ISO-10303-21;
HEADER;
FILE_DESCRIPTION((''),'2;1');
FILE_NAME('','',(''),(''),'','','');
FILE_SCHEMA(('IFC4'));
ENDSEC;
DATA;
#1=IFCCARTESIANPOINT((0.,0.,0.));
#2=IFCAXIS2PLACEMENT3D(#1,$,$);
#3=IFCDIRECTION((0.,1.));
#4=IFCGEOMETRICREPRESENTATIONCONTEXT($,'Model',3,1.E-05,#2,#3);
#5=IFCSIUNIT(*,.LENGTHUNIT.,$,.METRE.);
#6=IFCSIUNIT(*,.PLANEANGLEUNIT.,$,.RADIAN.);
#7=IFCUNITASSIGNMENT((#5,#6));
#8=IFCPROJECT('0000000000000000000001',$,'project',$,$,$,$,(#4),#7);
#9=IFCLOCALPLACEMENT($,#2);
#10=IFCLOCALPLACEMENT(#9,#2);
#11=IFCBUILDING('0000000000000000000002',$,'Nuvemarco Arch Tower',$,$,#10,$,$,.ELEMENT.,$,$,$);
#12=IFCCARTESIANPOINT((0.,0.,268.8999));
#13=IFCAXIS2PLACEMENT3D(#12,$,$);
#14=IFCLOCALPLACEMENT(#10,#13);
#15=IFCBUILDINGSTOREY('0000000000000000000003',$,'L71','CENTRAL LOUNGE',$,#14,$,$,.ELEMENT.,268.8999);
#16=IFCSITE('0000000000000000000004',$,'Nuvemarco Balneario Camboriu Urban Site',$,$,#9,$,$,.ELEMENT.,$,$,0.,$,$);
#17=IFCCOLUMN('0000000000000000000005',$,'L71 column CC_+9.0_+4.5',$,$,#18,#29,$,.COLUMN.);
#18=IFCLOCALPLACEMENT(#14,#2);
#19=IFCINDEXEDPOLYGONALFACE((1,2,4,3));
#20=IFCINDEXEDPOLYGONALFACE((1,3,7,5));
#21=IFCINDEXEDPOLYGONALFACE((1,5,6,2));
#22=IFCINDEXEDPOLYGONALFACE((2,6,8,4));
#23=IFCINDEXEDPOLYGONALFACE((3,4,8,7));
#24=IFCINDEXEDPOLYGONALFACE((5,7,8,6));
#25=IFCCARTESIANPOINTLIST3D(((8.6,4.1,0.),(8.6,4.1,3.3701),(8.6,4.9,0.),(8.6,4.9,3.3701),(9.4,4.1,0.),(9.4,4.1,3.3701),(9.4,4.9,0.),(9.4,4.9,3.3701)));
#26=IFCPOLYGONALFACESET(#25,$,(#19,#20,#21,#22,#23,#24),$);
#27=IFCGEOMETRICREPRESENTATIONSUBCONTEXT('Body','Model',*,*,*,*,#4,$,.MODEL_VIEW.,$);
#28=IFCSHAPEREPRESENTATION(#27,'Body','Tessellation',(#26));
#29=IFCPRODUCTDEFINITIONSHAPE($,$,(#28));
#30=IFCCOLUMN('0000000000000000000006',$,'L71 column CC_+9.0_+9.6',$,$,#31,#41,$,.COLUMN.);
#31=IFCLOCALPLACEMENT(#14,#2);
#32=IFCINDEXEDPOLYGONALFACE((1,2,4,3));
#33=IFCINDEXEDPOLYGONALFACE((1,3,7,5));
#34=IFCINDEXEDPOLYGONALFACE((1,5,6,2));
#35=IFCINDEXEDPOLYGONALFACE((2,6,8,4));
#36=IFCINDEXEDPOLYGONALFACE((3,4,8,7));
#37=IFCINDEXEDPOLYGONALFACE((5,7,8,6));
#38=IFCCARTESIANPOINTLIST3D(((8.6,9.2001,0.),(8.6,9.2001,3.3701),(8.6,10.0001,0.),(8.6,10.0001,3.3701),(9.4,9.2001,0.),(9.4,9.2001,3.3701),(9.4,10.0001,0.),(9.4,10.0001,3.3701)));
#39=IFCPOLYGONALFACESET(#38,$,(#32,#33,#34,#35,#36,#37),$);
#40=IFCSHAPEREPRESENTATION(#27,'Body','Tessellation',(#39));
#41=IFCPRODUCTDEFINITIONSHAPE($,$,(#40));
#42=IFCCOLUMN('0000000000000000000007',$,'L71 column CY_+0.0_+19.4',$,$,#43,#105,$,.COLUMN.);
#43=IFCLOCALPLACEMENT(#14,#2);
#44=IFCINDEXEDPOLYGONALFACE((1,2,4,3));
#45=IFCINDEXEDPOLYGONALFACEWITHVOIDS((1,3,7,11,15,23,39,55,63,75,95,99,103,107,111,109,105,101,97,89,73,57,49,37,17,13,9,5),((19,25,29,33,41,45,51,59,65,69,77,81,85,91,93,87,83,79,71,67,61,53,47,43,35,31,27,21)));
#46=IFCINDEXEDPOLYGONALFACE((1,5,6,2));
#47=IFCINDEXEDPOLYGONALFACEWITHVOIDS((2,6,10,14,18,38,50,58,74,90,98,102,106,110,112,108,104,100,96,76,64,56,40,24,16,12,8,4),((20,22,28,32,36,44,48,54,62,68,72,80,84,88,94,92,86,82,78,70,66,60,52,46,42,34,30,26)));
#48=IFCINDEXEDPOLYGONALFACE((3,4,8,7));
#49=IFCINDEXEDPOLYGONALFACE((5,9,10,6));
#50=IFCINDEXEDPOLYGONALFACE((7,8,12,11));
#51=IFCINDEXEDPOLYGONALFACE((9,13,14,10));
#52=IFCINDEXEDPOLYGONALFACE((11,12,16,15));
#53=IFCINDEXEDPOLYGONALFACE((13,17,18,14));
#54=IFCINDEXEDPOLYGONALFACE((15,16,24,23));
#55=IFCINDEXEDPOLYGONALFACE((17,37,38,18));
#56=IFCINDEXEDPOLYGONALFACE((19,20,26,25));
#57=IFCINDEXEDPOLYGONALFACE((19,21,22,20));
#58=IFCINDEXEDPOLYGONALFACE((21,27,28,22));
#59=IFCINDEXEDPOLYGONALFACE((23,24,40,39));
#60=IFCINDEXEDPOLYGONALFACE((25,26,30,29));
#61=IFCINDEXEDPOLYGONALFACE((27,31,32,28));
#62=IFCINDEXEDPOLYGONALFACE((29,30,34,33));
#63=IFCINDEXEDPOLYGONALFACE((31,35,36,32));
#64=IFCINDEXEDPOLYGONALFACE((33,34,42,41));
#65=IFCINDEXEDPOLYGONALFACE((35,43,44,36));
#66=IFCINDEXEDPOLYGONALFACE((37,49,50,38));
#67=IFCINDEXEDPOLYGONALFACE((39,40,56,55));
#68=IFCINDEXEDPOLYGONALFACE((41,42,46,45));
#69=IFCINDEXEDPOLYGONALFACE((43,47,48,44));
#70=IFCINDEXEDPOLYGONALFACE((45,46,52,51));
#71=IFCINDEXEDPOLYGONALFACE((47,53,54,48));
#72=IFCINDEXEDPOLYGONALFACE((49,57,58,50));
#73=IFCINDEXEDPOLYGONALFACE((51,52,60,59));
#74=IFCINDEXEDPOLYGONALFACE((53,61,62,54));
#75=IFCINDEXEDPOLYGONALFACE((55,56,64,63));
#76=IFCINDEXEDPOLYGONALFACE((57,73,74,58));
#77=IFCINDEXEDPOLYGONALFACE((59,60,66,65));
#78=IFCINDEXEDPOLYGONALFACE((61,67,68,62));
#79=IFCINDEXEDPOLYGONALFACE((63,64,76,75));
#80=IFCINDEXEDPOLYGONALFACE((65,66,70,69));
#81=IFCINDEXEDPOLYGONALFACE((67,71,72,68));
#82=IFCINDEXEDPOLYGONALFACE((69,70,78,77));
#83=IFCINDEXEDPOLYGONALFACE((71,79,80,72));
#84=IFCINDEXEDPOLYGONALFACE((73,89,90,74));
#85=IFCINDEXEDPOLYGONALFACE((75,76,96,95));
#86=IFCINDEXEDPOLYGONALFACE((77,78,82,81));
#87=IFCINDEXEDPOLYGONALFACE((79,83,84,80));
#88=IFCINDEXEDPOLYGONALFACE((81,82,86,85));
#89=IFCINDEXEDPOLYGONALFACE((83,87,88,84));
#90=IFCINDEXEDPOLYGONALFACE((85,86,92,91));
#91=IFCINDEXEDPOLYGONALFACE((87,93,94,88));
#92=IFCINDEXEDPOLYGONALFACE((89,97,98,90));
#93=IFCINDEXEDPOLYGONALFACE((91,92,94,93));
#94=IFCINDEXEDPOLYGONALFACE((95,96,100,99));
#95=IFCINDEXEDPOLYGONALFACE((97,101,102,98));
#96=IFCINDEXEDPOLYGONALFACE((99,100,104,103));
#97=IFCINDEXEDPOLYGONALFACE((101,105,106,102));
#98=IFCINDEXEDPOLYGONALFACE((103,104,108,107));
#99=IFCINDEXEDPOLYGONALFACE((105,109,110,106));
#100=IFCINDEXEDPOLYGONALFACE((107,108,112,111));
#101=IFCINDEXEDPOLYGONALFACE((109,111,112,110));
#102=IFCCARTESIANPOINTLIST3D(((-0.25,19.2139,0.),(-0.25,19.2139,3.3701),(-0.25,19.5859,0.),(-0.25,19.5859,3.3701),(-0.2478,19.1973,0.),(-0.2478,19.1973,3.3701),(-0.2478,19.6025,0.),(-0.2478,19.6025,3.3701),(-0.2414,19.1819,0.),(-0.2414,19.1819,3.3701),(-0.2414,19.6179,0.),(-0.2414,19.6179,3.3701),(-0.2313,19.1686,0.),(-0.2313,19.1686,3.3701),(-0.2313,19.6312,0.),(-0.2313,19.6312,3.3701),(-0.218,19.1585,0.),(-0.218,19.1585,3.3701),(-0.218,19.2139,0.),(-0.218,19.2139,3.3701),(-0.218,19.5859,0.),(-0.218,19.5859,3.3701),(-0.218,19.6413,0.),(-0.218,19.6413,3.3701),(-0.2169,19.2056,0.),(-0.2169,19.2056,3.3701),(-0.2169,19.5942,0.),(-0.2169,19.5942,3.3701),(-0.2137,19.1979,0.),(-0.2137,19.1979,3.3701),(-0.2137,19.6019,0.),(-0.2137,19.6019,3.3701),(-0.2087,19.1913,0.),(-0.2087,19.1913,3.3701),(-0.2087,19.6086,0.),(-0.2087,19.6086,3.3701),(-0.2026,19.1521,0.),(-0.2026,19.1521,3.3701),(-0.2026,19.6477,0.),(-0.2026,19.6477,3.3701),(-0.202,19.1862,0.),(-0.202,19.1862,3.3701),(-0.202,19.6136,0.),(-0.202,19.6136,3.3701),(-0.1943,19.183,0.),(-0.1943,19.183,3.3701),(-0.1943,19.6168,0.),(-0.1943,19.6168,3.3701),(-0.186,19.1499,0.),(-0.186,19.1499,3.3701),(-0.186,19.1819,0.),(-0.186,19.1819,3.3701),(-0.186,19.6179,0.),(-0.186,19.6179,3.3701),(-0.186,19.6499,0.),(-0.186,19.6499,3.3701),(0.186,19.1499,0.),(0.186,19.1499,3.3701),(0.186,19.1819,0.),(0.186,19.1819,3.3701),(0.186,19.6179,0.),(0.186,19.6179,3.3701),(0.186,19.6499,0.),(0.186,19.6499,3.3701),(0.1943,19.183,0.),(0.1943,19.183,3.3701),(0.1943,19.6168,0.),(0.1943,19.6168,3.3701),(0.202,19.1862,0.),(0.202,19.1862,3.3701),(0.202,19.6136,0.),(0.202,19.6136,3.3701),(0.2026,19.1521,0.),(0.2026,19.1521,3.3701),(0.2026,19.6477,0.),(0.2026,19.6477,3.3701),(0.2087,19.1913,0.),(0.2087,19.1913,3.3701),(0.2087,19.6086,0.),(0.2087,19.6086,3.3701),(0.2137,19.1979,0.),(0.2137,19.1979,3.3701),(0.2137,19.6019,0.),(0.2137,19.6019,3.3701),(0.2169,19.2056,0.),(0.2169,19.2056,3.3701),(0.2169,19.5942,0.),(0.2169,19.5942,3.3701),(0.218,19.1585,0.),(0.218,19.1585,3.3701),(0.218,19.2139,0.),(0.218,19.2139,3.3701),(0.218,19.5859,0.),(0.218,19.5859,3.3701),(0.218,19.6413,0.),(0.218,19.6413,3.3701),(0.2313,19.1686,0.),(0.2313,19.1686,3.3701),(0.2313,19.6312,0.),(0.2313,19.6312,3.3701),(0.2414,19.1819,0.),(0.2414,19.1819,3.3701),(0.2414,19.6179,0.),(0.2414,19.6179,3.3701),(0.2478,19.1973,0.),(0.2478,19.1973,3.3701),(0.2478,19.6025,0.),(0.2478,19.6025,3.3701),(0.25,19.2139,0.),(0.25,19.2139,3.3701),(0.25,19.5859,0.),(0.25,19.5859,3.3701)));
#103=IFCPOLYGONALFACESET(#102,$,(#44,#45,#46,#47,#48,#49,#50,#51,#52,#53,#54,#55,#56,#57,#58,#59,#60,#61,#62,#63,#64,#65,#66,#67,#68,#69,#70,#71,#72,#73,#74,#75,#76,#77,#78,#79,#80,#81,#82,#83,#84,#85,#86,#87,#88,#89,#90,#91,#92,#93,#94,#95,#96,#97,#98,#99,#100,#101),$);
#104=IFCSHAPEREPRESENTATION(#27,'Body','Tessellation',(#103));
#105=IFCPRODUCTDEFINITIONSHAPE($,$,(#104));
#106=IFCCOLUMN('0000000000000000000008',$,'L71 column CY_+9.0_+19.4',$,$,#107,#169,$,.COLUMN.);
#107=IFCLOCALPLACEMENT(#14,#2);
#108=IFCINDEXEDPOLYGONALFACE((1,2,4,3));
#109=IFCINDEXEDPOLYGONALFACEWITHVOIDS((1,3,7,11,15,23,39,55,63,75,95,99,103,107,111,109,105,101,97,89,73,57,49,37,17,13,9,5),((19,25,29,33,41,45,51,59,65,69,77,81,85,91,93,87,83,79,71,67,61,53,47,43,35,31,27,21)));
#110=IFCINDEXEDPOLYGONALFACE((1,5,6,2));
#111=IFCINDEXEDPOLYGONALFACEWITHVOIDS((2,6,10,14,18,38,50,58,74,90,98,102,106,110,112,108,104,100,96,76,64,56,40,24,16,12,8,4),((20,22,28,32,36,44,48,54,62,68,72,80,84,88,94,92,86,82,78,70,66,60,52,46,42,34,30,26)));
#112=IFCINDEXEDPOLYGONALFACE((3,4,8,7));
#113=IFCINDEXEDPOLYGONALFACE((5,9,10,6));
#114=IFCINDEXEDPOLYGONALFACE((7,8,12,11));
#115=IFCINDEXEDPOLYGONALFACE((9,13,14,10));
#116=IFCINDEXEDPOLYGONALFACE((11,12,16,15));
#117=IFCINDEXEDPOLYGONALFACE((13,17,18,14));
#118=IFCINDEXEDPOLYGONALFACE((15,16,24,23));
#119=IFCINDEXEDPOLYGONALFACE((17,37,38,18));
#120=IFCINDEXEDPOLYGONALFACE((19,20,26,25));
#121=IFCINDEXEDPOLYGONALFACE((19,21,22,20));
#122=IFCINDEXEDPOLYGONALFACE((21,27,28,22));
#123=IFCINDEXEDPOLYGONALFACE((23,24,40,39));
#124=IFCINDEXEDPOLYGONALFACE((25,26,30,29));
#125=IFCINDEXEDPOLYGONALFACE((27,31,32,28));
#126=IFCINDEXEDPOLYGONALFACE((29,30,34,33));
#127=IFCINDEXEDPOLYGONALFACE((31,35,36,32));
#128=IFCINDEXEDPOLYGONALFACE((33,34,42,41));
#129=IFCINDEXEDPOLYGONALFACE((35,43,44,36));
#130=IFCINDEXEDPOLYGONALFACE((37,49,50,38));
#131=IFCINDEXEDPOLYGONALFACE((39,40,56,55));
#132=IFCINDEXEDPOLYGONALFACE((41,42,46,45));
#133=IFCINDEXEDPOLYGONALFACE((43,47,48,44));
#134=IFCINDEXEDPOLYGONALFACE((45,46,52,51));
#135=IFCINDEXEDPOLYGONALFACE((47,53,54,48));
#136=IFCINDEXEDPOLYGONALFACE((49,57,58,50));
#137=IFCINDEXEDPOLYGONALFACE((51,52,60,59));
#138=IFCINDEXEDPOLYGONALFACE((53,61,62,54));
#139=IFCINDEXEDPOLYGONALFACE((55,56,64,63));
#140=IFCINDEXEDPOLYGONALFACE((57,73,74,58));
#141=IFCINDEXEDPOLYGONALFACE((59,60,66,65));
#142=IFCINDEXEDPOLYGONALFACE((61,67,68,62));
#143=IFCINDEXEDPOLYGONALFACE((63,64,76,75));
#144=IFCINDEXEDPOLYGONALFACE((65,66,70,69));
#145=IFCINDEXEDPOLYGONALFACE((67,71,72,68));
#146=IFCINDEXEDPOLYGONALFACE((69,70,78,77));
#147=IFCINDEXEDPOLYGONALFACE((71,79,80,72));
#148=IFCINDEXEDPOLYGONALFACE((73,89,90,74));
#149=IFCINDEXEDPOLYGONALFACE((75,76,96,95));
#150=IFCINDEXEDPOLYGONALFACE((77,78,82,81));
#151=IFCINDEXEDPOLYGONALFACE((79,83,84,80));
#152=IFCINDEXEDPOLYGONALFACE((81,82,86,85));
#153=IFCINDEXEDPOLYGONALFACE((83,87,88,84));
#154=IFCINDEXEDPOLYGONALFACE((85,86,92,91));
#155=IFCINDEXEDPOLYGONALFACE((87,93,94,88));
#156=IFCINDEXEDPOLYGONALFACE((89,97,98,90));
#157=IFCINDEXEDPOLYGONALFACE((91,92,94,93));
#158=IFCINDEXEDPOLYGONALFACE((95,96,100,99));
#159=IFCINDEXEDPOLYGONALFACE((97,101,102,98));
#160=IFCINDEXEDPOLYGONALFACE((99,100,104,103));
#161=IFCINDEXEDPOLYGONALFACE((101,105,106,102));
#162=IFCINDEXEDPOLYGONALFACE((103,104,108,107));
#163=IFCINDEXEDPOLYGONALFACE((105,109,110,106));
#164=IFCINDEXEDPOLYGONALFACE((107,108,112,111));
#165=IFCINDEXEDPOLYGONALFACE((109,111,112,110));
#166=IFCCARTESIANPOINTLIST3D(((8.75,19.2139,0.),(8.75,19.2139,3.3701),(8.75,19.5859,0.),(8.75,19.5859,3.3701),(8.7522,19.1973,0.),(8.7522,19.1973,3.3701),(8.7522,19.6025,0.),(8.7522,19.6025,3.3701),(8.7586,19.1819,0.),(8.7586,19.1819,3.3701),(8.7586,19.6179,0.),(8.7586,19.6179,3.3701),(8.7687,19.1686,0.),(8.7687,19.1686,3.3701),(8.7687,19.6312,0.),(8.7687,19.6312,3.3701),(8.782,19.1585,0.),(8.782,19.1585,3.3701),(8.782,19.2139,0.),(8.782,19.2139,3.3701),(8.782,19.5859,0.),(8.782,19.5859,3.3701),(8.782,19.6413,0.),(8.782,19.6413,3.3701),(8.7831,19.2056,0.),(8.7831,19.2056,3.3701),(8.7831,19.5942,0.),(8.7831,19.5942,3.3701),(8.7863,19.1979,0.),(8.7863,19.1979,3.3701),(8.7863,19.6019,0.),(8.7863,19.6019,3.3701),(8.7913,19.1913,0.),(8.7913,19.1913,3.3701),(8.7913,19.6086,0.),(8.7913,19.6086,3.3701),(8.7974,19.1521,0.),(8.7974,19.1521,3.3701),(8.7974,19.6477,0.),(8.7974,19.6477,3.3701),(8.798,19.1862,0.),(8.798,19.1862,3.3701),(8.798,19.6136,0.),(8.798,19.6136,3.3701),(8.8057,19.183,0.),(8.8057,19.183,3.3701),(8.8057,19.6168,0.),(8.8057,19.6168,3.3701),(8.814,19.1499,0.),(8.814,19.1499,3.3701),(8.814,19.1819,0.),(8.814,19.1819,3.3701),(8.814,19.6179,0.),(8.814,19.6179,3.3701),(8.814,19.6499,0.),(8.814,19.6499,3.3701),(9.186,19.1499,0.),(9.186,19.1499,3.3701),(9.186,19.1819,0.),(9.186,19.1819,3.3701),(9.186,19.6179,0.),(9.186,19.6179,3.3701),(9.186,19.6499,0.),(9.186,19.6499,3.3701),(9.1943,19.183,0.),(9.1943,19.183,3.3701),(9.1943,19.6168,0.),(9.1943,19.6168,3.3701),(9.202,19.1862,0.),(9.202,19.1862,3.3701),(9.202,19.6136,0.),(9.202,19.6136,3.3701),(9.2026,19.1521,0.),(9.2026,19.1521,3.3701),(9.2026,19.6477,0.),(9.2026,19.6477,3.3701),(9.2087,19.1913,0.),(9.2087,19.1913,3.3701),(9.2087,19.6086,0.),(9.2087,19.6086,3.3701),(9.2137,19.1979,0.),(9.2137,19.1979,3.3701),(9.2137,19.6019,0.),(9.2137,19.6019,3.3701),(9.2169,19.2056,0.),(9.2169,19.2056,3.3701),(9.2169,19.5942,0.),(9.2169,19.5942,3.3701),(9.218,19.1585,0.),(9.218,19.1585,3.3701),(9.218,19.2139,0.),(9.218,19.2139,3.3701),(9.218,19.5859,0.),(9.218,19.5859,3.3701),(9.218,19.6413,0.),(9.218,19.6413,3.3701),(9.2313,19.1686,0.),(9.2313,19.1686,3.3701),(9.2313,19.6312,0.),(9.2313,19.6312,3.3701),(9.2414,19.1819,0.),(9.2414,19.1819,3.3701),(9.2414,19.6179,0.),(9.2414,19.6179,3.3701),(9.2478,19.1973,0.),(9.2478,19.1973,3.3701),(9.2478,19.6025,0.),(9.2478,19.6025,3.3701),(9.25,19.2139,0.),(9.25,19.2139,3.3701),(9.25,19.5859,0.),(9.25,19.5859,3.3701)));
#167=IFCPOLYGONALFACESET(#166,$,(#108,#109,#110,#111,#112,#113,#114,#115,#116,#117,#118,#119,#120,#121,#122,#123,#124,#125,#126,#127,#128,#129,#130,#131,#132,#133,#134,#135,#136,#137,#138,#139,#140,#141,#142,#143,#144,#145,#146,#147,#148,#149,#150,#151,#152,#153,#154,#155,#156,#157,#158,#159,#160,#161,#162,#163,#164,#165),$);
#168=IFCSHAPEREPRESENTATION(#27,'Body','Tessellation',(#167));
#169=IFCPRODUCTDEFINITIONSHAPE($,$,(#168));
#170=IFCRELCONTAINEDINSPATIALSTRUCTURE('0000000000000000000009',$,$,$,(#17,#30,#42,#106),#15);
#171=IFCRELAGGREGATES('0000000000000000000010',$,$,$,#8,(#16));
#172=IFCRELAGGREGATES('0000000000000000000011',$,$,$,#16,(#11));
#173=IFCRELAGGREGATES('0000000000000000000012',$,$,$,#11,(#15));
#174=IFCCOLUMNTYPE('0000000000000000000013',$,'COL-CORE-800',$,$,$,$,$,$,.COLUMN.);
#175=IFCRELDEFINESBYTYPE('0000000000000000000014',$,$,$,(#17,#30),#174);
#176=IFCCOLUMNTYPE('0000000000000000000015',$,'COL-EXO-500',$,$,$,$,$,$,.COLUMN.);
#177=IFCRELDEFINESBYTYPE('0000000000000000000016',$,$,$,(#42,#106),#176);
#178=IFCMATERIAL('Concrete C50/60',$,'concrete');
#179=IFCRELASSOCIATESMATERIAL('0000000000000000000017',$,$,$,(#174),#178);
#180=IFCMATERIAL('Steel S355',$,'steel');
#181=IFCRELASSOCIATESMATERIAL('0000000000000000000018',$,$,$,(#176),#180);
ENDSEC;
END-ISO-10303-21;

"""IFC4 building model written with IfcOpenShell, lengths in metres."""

from ifc_helpers import new_model, si_unit, direction, frame, origin, origin_2d, place, context, subcontext, project, spatial, rectangle, hollow_rectangle, extrude, material, material_profile, profile_set, type_object, element, save


model = new_model("IFC4")

# Units and contexts
model_context = context("Model", 3, precision=1e-05, world=origin(), true_north=direction((0.0, 1.0)))
body_context = subcontext(model_context, "Body", "Model", "MODEL_VIEW")
ifc_project = project(units=[si_unit("LENGTHUNIT", "METRE"), si_unit("PLANEANGLEUNIT", "RADIAN")], contexts=[model_context])

# Site, building, storey
site_placement = place(None, origin())
site = spatial("IfcSite", under=ifc_project, at=site_placement, Name="Nuvemarco Balneario Camboriu Urban Site", CompositionType="ELEMENT", RefElevation=0.0)
building_placement = place(site_placement, origin())
building = spatial("IfcBuilding", under=site, at=building_placement, Name="Nuvemarco Arch Tower", CompositionType="ELEMENT")
storey_placement = place(building_placement, frame((0.0, 0.0, 268.8999)))
storey = spatial("IfcBuildingStorey", under=building, at=storey_placement, Name="L71", Description="CENTRAL LOUNGE", CompositionType="ELEMENT", Elevation=268.8999)

# Columns
ifc_material_1 = material(Name="Concrete C50/60", Category="concrete")
ifc_material_profile_1 = material_profile(ifc_material_1, rectangle(XDim=0.8, YDim=0.8, at=origin_2d()), Name="RC-COL-800x800")
ifc_profile_set_1 = profile_set([ifc_material_profile_1], Name="Concrete C50/60")
column_type_1 = type_object("IfcColumnType", Name="COL-CORE-800", PredefinedType="COLUMN", material=ifc_profile_set_1)
for number, where, z_axis, x_axis, name in (
    (1, (9.0, 4.5, 0.0), (0.0, 0.0, 1.0), (1.0, 0.0, 0.0), "L71 column CC_+9.0_+4.5"),
    (2, (9.0, 9.6001, 0.0), (0.0, 0.0, 1.0), (1.0, 0.0, 0.0), "L71 column CC_+9.0_+9.6"),
):
    element("IfcColumn", number, at=place(storey_placement, frame(where, z_axis=z_axis, x_axis=x_axis)), inside=storey, type_object=column_type_1, Name=name, PredefinedType="COLUMN", context=body_context, shape_type="SweptSolid", body=[
        extrude(rectangle(XDim=0.8, YDim=0.8, at=origin_2d()), origin(), (0.0, 0.0, 1.0), 3.3701),
    ])
ifc_material_2 = material(Name="Steel S355", Category="steel")
ifc_material_profile_2 = material_profile(ifc_material_2, hollow_rectangle(XDim=0.5, YDim=0.5, WallThickness=0.032, InnerFilletRadius=0.032, OuterFilletRadius=0.064, at=origin_2d()), Name="SHS500x500x32")
ifc_profile_set_2 = profile_set([ifc_material_profile_2], Name="Steel S355")
column_type_2 = type_object("IfcColumnType", Name="COL-EXO-500", PredefinedType="COLUMN", material=ifc_profile_set_2)
for number, where, z_axis, x_axis, name in (
    (3, (0.0, 19.3999, 0.0), (0.0, 0.0, 1.0), (1.0, 0.0, 0.0), "L71 column CY_+0.0_+19.4"),
    (4, (9.0, 19.3999, 0.0), (0.0, 0.0, 1.0), (1.0, 0.0, 0.0), "L71 column CY_+9.0_+19.4"),
):
    element("IfcColumn", number, at=place(storey_placement, frame(where, z_axis=z_axis, x_axis=x_axis)), inside=storey, type_object=column_type_2, Name=name, PredefinedType="COLUMN", context=body_context, shape_type="SweptSolid", body=[
        extrude(hollow_rectangle(XDim=0.5, YDim=0.5, WallThickness=0.032, InnerFilletRadius=0.032, OuterFilletRadius=0.064, at=origin_2d()), origin(), (0.0, 0.0, 1.0), 3.3701),
    ])

save(model, "model.ifc")
